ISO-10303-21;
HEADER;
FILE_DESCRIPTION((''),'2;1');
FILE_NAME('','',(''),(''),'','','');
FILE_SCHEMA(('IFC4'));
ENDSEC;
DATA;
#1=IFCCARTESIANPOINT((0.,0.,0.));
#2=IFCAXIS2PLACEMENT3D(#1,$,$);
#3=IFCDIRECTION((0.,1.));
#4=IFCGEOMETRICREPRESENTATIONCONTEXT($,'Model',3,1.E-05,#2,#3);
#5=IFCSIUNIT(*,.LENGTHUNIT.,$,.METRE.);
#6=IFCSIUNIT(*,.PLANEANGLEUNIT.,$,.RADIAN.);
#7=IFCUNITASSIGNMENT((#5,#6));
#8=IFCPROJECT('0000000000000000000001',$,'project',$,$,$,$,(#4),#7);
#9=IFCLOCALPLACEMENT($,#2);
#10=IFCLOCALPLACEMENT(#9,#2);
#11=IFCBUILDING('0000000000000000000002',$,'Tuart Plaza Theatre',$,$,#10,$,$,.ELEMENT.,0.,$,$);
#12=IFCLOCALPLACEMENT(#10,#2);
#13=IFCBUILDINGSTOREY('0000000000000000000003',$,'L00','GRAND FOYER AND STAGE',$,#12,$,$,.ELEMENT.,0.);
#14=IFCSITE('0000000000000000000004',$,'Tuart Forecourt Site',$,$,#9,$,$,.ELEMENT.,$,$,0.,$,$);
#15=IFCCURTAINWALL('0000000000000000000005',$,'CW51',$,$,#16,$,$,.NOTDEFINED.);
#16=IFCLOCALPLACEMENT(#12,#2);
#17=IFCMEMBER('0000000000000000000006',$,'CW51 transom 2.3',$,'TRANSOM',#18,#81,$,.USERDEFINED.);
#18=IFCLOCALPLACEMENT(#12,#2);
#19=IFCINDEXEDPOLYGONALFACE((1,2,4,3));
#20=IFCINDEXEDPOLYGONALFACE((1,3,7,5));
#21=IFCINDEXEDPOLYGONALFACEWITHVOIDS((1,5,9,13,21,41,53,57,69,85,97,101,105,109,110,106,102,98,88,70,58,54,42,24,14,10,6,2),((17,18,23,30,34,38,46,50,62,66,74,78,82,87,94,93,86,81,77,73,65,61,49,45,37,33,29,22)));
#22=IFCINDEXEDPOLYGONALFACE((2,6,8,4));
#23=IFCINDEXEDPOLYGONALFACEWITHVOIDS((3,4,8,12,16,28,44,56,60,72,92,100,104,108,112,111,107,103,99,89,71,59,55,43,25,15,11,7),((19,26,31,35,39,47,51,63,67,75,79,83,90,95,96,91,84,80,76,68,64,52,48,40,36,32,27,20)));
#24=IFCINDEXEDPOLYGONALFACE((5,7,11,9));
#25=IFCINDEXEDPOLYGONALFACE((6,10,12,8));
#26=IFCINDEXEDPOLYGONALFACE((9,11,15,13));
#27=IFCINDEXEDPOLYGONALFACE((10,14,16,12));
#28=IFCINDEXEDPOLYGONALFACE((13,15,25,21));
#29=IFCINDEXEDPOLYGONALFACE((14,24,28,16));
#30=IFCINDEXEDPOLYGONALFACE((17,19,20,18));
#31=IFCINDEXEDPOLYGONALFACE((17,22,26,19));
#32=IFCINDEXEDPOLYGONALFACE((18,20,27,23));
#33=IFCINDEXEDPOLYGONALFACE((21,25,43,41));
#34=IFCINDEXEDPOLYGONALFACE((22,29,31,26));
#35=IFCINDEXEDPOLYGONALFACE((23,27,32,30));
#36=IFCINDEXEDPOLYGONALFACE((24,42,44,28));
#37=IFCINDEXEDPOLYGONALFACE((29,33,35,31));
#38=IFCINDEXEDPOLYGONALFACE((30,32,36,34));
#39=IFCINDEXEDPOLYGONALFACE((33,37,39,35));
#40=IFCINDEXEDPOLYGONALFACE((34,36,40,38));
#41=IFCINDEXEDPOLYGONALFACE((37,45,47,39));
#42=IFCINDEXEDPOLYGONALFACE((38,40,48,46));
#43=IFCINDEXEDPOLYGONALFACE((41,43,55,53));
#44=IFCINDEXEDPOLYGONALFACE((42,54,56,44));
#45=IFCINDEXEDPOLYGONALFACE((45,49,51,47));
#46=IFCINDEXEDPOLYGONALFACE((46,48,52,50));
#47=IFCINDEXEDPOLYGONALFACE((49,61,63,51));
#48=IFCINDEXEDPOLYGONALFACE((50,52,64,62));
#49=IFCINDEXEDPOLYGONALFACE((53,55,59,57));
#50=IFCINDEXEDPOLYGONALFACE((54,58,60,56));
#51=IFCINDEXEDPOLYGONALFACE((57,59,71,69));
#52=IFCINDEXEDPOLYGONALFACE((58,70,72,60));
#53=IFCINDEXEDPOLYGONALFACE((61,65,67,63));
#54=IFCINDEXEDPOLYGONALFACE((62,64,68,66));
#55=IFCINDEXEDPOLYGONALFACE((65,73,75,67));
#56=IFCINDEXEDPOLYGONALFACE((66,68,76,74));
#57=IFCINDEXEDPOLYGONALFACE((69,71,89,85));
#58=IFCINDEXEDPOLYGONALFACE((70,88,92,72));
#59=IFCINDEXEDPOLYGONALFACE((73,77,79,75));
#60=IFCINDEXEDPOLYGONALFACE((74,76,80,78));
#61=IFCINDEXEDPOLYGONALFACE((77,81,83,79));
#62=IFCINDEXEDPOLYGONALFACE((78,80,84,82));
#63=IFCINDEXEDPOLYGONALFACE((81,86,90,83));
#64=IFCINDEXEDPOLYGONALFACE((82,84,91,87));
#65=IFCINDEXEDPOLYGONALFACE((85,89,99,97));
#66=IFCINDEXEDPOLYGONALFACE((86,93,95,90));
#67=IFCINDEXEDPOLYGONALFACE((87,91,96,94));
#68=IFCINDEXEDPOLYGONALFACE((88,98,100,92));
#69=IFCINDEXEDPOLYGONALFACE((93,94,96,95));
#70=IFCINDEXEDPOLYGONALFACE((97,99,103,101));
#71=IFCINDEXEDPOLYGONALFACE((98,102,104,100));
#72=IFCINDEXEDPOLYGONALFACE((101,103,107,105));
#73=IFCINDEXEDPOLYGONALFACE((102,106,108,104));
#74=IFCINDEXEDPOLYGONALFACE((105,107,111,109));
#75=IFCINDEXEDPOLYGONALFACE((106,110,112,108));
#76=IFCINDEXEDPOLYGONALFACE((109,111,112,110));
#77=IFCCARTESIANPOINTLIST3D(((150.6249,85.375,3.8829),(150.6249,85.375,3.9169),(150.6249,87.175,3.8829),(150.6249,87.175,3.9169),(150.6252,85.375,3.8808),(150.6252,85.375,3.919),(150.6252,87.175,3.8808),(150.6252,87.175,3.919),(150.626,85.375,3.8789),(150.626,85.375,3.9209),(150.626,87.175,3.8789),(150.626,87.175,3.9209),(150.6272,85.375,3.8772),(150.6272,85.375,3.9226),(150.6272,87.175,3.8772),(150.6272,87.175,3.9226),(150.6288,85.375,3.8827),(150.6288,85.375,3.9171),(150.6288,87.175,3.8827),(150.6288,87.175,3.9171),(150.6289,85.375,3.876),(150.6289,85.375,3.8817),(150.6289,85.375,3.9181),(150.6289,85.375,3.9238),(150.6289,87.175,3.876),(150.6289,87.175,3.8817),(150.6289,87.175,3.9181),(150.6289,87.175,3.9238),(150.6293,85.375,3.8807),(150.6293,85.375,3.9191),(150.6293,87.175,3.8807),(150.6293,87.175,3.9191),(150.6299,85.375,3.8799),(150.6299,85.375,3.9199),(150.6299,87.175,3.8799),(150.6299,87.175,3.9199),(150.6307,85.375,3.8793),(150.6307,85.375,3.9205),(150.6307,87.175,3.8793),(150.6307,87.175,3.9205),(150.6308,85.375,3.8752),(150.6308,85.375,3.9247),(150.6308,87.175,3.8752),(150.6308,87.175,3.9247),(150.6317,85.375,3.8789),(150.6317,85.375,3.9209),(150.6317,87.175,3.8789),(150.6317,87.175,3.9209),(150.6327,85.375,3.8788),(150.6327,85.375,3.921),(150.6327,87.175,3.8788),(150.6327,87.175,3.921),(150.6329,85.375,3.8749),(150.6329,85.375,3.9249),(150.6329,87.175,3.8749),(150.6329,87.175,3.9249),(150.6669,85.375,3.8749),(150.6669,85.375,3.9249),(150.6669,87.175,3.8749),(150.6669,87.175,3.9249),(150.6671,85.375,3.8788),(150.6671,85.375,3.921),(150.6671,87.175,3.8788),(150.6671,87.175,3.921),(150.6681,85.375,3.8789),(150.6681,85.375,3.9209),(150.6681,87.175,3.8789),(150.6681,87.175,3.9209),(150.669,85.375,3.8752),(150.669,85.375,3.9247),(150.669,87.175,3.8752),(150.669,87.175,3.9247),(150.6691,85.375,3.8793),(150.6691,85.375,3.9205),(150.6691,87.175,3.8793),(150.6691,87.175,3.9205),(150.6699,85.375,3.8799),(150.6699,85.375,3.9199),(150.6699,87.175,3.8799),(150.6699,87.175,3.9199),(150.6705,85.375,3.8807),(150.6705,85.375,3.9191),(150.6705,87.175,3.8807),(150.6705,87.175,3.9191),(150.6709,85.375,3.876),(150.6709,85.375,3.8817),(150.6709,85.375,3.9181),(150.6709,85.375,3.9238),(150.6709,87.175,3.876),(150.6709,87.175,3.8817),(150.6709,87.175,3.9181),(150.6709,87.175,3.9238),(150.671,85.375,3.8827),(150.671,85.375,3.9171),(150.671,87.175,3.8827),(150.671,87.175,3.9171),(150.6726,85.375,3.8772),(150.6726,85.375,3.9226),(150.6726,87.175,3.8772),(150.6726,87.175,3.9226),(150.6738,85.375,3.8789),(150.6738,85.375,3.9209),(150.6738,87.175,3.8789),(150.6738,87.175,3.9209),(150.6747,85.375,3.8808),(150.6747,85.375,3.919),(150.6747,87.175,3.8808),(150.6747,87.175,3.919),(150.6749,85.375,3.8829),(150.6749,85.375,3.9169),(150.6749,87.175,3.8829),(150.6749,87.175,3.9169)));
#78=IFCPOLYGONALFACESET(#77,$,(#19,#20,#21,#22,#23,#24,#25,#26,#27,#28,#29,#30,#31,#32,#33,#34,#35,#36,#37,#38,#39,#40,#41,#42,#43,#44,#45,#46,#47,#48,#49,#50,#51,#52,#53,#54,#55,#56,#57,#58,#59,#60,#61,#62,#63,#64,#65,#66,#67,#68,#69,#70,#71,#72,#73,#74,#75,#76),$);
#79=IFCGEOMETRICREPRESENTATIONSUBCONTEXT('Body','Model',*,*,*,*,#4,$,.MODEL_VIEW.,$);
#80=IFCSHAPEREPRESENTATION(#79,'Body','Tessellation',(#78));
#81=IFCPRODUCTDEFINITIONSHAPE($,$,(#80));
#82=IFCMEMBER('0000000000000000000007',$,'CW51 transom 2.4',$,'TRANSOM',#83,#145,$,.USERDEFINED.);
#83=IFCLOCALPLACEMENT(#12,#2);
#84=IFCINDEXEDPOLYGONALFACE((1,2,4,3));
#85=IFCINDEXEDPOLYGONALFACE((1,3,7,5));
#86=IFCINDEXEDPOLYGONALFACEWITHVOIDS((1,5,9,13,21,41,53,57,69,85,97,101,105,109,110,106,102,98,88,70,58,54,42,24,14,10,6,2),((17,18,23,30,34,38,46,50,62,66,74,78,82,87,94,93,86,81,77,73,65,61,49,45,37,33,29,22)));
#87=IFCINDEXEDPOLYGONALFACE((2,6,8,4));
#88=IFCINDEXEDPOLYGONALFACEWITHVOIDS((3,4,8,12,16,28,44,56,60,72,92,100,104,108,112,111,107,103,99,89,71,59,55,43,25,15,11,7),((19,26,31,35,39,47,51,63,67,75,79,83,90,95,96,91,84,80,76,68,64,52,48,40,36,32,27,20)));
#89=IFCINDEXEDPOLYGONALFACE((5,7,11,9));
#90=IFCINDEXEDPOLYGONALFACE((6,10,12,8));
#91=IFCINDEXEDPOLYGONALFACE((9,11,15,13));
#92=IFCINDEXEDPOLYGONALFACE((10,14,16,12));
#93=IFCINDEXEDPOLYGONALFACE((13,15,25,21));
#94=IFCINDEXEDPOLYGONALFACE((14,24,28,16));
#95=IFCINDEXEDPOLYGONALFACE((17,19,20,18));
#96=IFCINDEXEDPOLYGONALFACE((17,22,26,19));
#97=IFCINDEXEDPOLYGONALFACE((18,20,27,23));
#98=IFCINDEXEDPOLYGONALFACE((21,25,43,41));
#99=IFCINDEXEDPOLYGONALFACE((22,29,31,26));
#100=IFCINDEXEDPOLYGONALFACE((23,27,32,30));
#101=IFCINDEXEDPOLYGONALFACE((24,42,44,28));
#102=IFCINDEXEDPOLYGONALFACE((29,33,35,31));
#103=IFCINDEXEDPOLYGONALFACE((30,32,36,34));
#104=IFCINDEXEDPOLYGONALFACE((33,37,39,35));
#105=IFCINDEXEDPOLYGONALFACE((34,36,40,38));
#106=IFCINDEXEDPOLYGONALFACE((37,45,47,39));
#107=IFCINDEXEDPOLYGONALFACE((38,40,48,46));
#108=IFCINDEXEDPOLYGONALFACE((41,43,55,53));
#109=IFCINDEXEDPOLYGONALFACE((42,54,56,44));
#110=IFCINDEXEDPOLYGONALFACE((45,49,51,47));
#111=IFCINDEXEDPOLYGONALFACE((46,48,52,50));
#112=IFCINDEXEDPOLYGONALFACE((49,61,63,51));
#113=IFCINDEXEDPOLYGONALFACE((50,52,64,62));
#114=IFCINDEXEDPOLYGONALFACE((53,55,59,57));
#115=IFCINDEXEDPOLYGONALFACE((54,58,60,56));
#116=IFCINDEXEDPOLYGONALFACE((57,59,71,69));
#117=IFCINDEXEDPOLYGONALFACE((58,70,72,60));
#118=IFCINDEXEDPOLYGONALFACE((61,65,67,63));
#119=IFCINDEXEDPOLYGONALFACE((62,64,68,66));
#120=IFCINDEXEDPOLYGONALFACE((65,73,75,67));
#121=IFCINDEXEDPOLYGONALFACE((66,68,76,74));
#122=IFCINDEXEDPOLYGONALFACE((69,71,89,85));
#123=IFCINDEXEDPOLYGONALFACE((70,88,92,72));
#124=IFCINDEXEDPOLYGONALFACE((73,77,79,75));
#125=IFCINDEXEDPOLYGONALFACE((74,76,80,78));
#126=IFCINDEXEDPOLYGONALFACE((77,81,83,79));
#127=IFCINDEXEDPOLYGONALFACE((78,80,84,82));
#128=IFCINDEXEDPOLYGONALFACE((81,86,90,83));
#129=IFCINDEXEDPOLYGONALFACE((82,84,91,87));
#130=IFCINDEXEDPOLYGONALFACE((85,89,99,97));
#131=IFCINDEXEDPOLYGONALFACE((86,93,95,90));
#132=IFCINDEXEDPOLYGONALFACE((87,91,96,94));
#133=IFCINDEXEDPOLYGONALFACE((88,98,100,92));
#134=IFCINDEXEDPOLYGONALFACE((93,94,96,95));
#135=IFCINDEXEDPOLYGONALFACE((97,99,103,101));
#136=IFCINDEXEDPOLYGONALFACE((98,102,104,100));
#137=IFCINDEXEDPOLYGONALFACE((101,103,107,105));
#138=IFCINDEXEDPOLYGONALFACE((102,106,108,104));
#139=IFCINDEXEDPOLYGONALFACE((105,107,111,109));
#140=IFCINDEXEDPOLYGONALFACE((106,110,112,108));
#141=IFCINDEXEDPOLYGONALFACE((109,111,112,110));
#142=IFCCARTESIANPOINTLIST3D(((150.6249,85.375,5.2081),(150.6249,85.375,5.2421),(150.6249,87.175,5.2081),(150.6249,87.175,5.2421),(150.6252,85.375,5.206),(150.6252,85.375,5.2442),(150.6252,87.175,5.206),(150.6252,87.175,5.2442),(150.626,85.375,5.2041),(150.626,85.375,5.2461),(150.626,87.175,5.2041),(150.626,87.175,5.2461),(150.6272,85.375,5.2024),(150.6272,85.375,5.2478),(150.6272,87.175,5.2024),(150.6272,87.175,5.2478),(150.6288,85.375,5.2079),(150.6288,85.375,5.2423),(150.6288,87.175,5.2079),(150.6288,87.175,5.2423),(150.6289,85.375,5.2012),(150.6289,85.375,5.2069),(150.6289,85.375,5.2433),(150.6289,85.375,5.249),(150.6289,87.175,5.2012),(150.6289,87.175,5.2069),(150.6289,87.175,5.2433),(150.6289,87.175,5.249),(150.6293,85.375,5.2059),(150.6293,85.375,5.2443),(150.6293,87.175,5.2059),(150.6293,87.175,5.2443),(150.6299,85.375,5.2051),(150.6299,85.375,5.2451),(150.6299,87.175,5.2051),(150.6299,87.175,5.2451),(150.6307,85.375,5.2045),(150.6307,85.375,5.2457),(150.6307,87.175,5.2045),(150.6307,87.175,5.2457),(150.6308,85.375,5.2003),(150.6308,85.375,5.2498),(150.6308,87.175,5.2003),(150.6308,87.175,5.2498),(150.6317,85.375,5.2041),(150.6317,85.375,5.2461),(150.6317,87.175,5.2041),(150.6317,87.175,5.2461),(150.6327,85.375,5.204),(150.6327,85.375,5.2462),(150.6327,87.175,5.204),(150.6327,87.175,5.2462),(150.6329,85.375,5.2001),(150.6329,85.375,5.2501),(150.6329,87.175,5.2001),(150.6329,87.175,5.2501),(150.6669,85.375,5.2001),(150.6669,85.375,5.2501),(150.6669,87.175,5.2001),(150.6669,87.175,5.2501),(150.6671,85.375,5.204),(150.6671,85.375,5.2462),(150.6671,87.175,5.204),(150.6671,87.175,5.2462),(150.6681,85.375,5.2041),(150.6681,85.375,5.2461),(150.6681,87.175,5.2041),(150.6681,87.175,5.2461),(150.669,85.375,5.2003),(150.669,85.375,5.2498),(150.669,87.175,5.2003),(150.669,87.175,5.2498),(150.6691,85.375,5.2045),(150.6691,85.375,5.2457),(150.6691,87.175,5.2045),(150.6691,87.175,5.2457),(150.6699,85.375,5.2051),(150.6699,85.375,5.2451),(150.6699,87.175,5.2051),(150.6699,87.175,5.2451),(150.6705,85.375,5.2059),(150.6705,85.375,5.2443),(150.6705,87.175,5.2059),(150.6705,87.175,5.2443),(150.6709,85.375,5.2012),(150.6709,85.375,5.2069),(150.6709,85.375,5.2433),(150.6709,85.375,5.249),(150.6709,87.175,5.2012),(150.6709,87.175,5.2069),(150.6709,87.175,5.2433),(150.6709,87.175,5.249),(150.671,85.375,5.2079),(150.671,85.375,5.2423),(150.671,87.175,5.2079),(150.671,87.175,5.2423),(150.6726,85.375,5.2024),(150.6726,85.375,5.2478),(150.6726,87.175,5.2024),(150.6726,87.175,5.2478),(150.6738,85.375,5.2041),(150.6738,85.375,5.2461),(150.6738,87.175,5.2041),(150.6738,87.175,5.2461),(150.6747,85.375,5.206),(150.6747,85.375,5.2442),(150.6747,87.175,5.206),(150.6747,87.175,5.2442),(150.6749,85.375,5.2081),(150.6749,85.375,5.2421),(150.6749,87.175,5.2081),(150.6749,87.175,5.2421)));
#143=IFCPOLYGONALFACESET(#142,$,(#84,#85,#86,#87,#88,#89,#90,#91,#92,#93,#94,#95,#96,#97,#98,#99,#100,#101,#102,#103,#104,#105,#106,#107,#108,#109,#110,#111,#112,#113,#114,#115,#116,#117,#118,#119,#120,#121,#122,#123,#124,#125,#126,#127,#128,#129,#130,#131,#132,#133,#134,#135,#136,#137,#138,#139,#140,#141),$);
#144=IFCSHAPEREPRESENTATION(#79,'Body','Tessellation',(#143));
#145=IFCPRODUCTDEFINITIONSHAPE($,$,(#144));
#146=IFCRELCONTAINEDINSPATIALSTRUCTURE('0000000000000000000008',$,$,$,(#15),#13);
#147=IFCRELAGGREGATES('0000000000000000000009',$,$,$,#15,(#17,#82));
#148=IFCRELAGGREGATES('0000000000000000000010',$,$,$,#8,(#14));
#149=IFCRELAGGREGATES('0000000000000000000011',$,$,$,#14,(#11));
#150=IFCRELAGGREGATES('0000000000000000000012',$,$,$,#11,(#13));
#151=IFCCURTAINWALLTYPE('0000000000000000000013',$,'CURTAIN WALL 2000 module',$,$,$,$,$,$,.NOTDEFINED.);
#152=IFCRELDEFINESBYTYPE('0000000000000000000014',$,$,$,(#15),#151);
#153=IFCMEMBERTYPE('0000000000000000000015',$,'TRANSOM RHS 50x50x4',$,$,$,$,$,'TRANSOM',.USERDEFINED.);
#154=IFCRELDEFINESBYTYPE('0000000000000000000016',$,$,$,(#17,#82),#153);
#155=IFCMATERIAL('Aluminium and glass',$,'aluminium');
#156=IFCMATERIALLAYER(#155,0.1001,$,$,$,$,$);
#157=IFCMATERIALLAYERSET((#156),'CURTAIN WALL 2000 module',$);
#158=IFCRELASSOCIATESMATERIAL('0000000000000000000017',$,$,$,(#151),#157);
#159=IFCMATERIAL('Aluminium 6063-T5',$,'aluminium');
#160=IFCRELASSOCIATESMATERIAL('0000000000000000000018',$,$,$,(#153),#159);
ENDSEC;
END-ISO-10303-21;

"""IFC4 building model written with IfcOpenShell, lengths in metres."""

from ifc_helpers import new_model, si_unit, direction, frame, origin, origin_2d, place, context, subcontext, project, spatial, hollow_rectangle, extrude, material, layer, layer_set, material_profile, profile_set, type_object, element, aggregate, save


model = new_model("IFC4")

# Units and contexts
model_context = context("Model", 3, precision=1e-05, world=origin(), true_north=direction((0.0, 1.0)))
body_context = subcontext(model_context, "Body", "Model", "MODEL_VIEW")
ifc_project = project(units=[si_unit("LENGTHUNIT", "METRE"), si_unit("PLANEANGLEUNIT", "RADIAN")], contexts=[model_context])

# Site, building, storey
site_placement = place(None, origin())
site = spatial("IfcSite", under=ifc_project, at=site_placement, Name="Tuart Forecourt Site", CompositionType="ELEMENT", RefElevation=0.0)
building_placement = place(site_placement, origin())
building = spatial("IfcBuilding", under=site, at=building_placement, Name="Tuart Plaza Theatre", CompositionType="ELEMENT", ElevationOfRefHeight=0.0)
storey_placement = place(building_placement, origin())
storey = spatial("IfcBuildingStorey", under=building, at=storey_placement, Name="L00", Description="GRAND FOYER AND STAGE", CompositionType="ELEMENT", Elevation=0.0)

# Curtain wall, members
ifc_material_1 = material(Name="Aluminium and glass", Category="aluminium")
ifc_layer_1 = layer(ifc_material_1, 0.1001)
ifc_layer_set_1 = layer_set([ifc_layer_1], Name="CURTAIN WALL 2000 module")
curtain_wall_type = type_object("IfcCurtainWallType", Name="CURTAIN WALL 2000 module", PredefinedType="NOTDEFINED", material=ifc_layer_set_1)
curtain_wall_placement = place(storey_placement, origin())
curtain_wall = element("IfcCurtainWall", 1, at=curtain_wall_placement, inside=storey, type_object=curtain_wall_type, Name="CW51", PredefinedType="NOTDEFINED")
ifc_material_2 = material(Name="Aluminium 6063-T5", Category="aluminium")
ifc_material_profile_1 = material_profile(ifc_material_2, hollow_rectangle(XDim=0.05, YDim=0.05, WallThickness=0.0039, InnerFilletRadius=0.0039, OuterFilletRadius=0.0081, at=origin_2d()), Name="RHS 50x50x4")
ifc_profile_set_1 = profile_set([ifc_material_profile_1], Name="Aluminium 6063-T5")
member_type_1 = type_object("IfcMemberType", Name="TRANSOM RHS 50x50x4", ElementType="TRANSOM", PredefinedType="USERDEFINED", material=ifc_profile_set_1)
member_1_placement = place(storey_placement, frame((150.6499, 85.375, 3.8999), z_axis=(0.0, 1.0, 0.0), x_axis=(-1.0, 0.0, 0.0)))
member_1 = element("IfcMember", 2, at=member_1_placement, type_object=member_type_1, Name="CW51 transom 2.3", ObjectType="TRANSOM", PredefinedType="USERDEFINED", context=body_context, shape_type="SweptSolid", body=[
    extrude(hollow_rectangle(XDim=0.05, YDim=0.05, WallThickness=0.0039, InnerFilletRadius=0.0039, OuterFilletRadius=0.0081, at=origin_2d()), origin(), (0.0, 0.0, 1.0), 1.8),
])
member_2_placement = place(storey_placement, frame((150.6499, 85.375, 5.2251), z_axis=(0.0, 1.0, 0.0), x_axis=(-1.0, 0.0, 0.0)))
member_2 = element("IfcMember", 3, at=member_2_placement, type_object=member_type_1, Name="CW51 transom 2.4", ObjectType="TRANSOM", PredefinedType="USERDEFINED", context=body_context, shape_type="SweptSolid", body=[
    extrude(hollow_rectangle(XDim=0.05, YDim=0.05, WallThickness=0.0039, InnerFilletRadius=0.0039, OuterFilletRadius=0.0081, at=origin_2d()), origin(), (0.0, 0.0, 1.0), 1.8),
])
aggregate(curtain_wall, [member_1, member_2])

save(model, "model.ifc")
